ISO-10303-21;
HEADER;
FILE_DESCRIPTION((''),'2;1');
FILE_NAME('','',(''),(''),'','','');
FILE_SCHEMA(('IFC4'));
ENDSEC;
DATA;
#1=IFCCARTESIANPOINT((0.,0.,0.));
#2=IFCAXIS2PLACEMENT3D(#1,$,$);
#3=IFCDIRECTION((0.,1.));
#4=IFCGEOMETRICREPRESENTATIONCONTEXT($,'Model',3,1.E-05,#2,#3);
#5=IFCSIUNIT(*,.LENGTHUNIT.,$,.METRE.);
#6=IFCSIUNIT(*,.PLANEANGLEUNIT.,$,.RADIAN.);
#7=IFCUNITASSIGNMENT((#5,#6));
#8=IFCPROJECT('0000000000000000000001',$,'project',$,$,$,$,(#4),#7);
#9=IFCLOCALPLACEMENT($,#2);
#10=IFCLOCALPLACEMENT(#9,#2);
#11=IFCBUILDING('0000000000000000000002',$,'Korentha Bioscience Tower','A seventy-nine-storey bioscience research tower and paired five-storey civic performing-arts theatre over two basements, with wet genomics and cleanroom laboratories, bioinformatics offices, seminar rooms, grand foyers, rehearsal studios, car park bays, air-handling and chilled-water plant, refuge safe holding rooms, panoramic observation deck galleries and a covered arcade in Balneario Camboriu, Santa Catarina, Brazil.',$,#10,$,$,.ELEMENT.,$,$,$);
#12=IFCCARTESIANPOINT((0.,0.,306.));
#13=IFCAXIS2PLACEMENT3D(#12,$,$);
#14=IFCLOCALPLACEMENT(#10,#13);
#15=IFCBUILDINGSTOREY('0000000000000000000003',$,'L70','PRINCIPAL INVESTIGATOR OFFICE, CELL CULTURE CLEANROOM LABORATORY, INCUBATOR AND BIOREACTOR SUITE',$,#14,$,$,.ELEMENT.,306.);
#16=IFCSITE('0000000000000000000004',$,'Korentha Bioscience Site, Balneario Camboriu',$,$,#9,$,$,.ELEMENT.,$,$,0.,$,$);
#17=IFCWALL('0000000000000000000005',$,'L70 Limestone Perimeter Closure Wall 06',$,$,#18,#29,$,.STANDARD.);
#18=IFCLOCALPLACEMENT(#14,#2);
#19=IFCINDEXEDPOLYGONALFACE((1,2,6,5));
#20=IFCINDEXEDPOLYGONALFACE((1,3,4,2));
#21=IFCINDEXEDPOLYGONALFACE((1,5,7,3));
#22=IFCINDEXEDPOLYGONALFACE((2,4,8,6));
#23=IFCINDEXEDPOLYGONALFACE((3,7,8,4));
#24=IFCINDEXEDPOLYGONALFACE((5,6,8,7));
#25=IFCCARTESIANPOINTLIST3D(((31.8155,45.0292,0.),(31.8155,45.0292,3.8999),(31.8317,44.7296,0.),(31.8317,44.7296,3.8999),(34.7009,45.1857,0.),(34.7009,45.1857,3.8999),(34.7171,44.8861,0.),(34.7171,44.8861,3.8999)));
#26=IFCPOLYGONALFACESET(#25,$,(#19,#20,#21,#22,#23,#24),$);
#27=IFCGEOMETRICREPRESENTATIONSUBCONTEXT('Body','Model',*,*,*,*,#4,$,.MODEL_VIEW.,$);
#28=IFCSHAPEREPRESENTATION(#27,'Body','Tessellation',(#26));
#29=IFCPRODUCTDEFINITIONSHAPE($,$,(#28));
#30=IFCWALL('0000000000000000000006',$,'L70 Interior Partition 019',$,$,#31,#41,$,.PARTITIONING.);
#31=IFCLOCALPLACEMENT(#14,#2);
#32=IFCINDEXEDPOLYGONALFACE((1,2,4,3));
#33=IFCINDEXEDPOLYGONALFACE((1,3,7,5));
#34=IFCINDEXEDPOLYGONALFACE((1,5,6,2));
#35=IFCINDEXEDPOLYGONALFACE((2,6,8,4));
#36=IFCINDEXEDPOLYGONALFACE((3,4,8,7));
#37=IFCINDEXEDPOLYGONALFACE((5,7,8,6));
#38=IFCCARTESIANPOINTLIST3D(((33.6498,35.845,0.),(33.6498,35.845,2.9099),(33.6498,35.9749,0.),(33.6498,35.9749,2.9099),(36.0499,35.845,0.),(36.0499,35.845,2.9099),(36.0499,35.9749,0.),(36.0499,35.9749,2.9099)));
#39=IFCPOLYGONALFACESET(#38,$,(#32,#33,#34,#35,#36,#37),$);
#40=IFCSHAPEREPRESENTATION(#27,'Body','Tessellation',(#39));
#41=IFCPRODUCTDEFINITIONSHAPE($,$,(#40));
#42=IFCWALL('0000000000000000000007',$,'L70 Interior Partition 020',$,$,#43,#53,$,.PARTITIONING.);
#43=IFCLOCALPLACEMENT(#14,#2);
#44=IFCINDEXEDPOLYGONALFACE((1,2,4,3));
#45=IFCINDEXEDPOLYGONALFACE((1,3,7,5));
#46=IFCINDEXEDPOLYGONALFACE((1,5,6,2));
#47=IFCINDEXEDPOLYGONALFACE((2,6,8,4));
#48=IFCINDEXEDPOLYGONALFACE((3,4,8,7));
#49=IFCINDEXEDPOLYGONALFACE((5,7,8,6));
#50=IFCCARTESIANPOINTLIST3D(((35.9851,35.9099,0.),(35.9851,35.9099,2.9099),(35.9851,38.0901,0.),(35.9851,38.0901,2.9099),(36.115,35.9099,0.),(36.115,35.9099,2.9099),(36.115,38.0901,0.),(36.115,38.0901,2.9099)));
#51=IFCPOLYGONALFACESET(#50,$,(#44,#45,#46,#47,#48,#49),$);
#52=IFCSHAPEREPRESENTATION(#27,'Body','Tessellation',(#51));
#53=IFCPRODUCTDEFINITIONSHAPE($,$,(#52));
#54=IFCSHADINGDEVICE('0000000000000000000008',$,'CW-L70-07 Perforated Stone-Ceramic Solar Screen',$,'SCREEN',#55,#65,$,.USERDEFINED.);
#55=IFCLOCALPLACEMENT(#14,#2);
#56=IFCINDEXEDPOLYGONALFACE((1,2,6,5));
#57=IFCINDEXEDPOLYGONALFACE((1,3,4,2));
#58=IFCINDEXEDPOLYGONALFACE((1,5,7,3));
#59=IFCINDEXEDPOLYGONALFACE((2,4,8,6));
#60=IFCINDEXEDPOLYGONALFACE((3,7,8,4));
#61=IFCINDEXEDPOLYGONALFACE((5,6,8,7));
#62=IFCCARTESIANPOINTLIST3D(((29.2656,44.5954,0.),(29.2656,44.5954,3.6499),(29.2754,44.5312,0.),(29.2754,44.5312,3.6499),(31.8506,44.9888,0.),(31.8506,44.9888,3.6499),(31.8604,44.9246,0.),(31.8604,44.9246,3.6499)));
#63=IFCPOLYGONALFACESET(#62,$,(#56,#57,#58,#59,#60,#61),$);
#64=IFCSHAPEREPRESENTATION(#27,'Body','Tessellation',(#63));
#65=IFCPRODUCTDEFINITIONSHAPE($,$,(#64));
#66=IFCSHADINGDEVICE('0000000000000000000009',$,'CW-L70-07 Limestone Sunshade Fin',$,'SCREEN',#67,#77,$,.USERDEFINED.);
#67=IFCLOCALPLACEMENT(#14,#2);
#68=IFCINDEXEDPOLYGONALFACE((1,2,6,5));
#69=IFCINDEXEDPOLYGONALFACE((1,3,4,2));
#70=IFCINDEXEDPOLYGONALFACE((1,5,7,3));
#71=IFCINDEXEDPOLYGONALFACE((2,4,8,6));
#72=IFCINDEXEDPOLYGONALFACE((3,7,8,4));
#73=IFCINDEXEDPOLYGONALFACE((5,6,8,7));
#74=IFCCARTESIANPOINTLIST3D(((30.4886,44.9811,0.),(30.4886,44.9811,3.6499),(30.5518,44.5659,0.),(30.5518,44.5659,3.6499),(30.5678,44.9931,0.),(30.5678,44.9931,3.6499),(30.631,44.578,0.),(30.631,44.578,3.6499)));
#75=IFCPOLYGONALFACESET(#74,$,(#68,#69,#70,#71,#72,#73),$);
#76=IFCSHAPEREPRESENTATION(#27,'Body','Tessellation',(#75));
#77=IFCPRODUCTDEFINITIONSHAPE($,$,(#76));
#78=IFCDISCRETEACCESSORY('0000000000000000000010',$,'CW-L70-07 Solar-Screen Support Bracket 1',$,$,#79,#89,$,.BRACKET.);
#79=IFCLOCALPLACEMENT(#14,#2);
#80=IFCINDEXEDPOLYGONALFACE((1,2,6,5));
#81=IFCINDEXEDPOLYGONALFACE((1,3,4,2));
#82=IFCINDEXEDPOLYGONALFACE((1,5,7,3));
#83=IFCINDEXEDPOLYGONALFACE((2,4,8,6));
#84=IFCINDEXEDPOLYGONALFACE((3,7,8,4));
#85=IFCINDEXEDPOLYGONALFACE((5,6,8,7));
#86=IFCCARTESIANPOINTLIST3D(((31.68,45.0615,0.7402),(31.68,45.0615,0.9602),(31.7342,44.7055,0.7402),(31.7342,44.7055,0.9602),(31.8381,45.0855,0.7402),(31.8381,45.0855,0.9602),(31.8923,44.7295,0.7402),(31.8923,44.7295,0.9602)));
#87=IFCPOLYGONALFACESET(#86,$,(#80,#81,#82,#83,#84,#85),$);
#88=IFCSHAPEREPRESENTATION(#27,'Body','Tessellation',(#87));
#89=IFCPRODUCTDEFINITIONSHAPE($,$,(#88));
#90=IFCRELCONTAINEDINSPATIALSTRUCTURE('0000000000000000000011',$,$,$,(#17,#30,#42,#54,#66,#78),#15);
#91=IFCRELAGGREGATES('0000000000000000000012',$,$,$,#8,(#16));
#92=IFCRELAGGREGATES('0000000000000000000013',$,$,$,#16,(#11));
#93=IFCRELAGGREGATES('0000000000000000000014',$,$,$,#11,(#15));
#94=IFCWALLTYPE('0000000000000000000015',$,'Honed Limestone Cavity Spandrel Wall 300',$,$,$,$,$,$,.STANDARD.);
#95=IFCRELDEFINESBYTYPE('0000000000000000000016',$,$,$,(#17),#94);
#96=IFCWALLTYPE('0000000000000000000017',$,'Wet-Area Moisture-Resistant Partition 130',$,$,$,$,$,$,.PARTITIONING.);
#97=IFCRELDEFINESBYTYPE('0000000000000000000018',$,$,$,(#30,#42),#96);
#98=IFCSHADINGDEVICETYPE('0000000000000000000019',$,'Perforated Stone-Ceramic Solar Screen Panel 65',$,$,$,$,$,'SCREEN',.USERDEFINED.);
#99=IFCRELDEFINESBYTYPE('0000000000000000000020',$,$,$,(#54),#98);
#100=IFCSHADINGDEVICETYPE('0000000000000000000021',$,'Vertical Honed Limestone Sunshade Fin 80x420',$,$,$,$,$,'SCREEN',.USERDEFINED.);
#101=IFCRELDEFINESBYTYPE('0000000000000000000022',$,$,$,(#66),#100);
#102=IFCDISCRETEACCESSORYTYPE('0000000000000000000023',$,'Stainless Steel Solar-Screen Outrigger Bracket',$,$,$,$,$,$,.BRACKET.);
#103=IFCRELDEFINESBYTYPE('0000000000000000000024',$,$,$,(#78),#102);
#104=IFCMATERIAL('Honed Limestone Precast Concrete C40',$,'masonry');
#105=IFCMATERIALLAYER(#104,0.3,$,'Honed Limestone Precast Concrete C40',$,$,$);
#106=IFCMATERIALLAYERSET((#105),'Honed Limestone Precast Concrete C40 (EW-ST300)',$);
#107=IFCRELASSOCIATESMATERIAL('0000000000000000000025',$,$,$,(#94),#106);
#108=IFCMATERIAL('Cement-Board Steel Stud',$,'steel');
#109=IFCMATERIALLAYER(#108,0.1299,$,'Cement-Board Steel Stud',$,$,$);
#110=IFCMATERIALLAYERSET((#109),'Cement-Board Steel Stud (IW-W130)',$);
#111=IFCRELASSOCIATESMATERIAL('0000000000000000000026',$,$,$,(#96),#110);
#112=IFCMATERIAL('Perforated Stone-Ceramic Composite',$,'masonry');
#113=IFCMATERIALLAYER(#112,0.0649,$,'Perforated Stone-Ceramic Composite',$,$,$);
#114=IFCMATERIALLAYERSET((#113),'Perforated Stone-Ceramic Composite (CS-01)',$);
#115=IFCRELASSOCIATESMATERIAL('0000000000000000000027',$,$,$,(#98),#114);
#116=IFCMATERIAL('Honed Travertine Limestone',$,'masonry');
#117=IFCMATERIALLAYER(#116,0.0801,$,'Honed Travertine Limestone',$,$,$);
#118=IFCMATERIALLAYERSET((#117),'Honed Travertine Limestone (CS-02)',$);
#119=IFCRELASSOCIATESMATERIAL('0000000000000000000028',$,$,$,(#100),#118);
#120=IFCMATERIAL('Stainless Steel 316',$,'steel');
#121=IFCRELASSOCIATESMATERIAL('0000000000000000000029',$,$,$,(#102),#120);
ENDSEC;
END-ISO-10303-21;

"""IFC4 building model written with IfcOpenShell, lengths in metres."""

from ifc_helpers import new_model, si_unit, direction, frame, frame_2d, origin, origin_2d, place, context, subcontext, project, spatial, rectangle, extrude, material, layer, layer_set, type_object, element, save


model = new_model("IFC4")

# Units and contexts
model_context = context("Model", 3, precision=1e-05, world=origin(), true_north=direction((0.0, 1.0)))
body_context = subcontext(model_context, "Body", "Model", "MODEL_VIEW")
ifc_project = project(units=[si_unit("LENGTHUNIT", "METRE"), si_unit("PLANEANGLEUNIT", "RADIAN")], contexts=[model_context])

# Site, building, storey
site_placement = place(None, origin())
site = spatial("IfcSite", under=ifc_project, at=site_placement, Name="Korentha Bioscience Site, Balneario Camboriu", CompositionType="ELEMENT", RefElevation=0.0)
building_placement = place(site_placement, origin())
building = spatial("IfcBuilding", under=site, at=building_placement, Name="Korentha Bioscience Tower", Description="A seventy-nine-storey bioscience research tower and paired five-storey civic performing-arts theatre over two basements, with wet genomics and cleanroom laboratories, bioinformatics offices, seminar rooms, grand foyers, rehearsal studios, car park bays, air-handling and chilled-water plant, refuge safe holding rooms, panoramic observation deck galleries and a covered arcade in Balneario Camboriu, Santa Catarina, Brazil.", CompositionType="ELEMENT")
storey_placement = place(building_placement, frame((0.0, 0.0, 306.0)))
storey = spatial("IfcBuildingStorey", under=building, at=storey_placement, Name="L70", Description="PRINCIPAL INVESTIGATOR OFFICE, CELL CULTURE CLEANROOM LABORATORY, INCUBATOR AND BIOREACTOR SUITE", CompositionType="ELEMENT", Elevation=306.0)

# Shared definitions
ifc_material_1 = material(Name="Honed Limestone Precast Concrete C40", Category="masonry")
ifc_layer_1 = layer(ifc_material_1, 0.3, Name="Honed Limestone Precast Concrete C40")
ifc_layer_set_1 = layer_set([ifc_layer_1], Name="Honed Limestone Precast Concrete C40 (EW-ST300)")
wall_type_1 = type_object("IfcWallType", Name="Honed Limestone Cavity Spandrel Wall 300", PredefinedType="STANDARD", material=ifc_layer_set_1)

# Wall
wall_1_placement = place(storey_placement, frame((34.709, 45.0359, 0.0), z_axis=(0.0, 0.0, 1.0), x_axis=(-0.998533, -0.054155, 0.0)))
element("IfcWall", 1, at=wall_1_placement, inside=storey, type_object=wall_type_1, Name="L70 Limestone Perimeter Closure Wall 06", PredefinedType="STANDARD", context=body_context, shape_type="SweptSolid", body=[
    extrude(rectangle(XDim=2.8896, YDim=0.3, at=frame_2d((1.4448, 0.0))), origin(), (0.0, 0.0, 1.0), 3.8999),
])

# Shared definitions
ifc_material_2 = material(Name="Cement-Board Steel Stud", Category="steel")
ifc_layer_2 = layer(ifc_material_2, 0.1299, Name="Cement-Board Steel Stud")
ifc_layer_set_2 = layer_set([ifc_layer_2], Name="Cement-Board Steel Stud (IW-W130)")
wall_type_2 = type_object("IfcWallType", Name="Wet-Area Moisture-Resistant Partition 130", PredefinedType="PARTITIONING", material=ifc_layer_set_2)

# Walls
wall_2_placement = place(storey_placement, frame((36.05, 35.9099, 0.0), z_axis=(0.0, 0.0, 1.0), x_axis=(-1.0, 0.0, 0.0)))
element("IfcWall", 2, at=wall_2_placement, inside=storey, type_object=wall_type_2, Name="L70 Interior Partition 019", PredefinedType="PARTITIONING", context=body_context, shape_type="SweptSolid", body=[
    extrude(rectangle(XDim=2.4001, YDim=0.1299, at=frame_2d((1.2002, 0.0))), origin(), (0.0, 0.0, 1.0), 2.9099),
])
wall_3_placement = place(storey_placement, frame((36.05, 38.0901, 0.0), z_axis=(0.0, 0.0, 1.0), x_axis=(0.0, -1.0, 0.0)))
element("IfcWall", 3, at=wall_3_placement, inside=storey, type_object=wall_type_2, Name="L70 Interior Partition 020", PredefinedType="PARTITIONING", context=body_context, shape_type="SweptSolid", body=[
    extrude(rectangle(XDim=2.1802, YDim=0.1299, at=frame_2d((1.0901, 0.0))), origin(), (0.0, 0.0, 1.0), 2.9099),
])

# Shading devices
ifc_material_3 = material(Name="Perforated Stone-Ceramic Composite", Category="masonry")
ifc_layer_3 = layer(ifc_material_3, 0.0649, Name="Perforated Stone-Ceramic Composite")
ifc_layer_set_3 = layer_set([ifc_layer_3], Name="Perforated Stone-Ceramic Composite (CS-01)")
shading_device_type_1 = type_object("IfcShadingDeviceType", Name="Perforated Stone-Ceramic Solar Screen Panel 65", ElementType="SCREEN", PredefinedType="USERDEFINED", material=ifc_layer_set_3)
shading_device_1_placement = place(storey_placement, frame((30.563, 44.76, 0.0), z_axis=(0.0, 0.0, 1.0), x_axis=(-0.988621, -0.150428, 0.0)))
element("IfcShadingDevice", 4, at=shading_device_1_placement, inside=storey, type_object=shading_device_type_1, Name="CW-L70-07 Perforated Stone-Ceramic Solar Screen", ObjectType="SCREEN", PredefinedType="USERDEFINED", context=body_context, shape_type="SweptSolid", body=[
    extrude(rectangle(XDim=2.6147, YDim=0.0649, at=origin_2d()), origin(), (0.0, 0.0, 1.0), 3.6499),
])
ifc_material_4 = material(Name="Honed Travertine Limestone", Category="masonry")
ifc_layer_4 = layer(ifc_material_4, 0.0801, Name="Honed Travertine Limestone")
ifc_layer_set_4 = layer_set([ifc_layer_4], Name="Honed Travertine Limestone (CS-02)")
shading_device_type_2 = type_object("IfcShadingDeviceType", Name="Vertical Honed Limestone Sunshade Fin 80x420", ElementType="SCREEN", PredefinedType="USERDEFINED", material=ifc_layer_set_4)
shading_device_2_placement = place(storey_placement, frame((30.5598, 44.7795, 0.0), z_axis=(0.0, 0.0, 1.0), x_axis=(-0.988621, -0.150428, 0.0)))
element("IfcShadingDevice", 5, at=shading_device_2_placement, inside=storey, type_object=shading_device_type_2, Name="CW-L70-07 Limestone Sunshade Fin", ObjectType="SCREEN", PredefinedType="USERDEFINED", context=body_context, shape_type="SweptSolid", body=[
    extrude(rectangle(XDim=0.0801, YDim=0.4199, at=origin_2d()), origin(), (0.0, 0.0, 1.0), 3.6499),
])

# Discrete accessory
ifc_material_5 = material(Name="Stainless Steel 316", Category="steel")
discrete_accessory_type = type_object("IfcDiscreteAccessoryType", Name="Stainless Steel Solar-Screen Outrigger Bracket", PredefinedType="BRACKET", material=ifc_material_5)
discrete_accessory_placement = place(storey_placement, frame((31.7861, 44.8955, 0.7402), z_axis=(0.0, 0.0, 1.0), x_axis=(-0.988621, -0.150428, 0.0)))
element("IfcDiscreteAccessory", 6, at=discrete_accessory_placement, inside=storey, type_object=discrete_accessory_type, Name="CW-L70-07 Solar-Screen Support Bracket 1", PredefinedType="BRACKET", context=body_context, shape_type="SweptSolid", body=[
    extrude(rectangle(XDim=0.1599, YDim=0.3601, at=origin_2d()), origin(), (0.0, 0.0, 1.0), 0.22),
])

save(model, "model.ifc")
